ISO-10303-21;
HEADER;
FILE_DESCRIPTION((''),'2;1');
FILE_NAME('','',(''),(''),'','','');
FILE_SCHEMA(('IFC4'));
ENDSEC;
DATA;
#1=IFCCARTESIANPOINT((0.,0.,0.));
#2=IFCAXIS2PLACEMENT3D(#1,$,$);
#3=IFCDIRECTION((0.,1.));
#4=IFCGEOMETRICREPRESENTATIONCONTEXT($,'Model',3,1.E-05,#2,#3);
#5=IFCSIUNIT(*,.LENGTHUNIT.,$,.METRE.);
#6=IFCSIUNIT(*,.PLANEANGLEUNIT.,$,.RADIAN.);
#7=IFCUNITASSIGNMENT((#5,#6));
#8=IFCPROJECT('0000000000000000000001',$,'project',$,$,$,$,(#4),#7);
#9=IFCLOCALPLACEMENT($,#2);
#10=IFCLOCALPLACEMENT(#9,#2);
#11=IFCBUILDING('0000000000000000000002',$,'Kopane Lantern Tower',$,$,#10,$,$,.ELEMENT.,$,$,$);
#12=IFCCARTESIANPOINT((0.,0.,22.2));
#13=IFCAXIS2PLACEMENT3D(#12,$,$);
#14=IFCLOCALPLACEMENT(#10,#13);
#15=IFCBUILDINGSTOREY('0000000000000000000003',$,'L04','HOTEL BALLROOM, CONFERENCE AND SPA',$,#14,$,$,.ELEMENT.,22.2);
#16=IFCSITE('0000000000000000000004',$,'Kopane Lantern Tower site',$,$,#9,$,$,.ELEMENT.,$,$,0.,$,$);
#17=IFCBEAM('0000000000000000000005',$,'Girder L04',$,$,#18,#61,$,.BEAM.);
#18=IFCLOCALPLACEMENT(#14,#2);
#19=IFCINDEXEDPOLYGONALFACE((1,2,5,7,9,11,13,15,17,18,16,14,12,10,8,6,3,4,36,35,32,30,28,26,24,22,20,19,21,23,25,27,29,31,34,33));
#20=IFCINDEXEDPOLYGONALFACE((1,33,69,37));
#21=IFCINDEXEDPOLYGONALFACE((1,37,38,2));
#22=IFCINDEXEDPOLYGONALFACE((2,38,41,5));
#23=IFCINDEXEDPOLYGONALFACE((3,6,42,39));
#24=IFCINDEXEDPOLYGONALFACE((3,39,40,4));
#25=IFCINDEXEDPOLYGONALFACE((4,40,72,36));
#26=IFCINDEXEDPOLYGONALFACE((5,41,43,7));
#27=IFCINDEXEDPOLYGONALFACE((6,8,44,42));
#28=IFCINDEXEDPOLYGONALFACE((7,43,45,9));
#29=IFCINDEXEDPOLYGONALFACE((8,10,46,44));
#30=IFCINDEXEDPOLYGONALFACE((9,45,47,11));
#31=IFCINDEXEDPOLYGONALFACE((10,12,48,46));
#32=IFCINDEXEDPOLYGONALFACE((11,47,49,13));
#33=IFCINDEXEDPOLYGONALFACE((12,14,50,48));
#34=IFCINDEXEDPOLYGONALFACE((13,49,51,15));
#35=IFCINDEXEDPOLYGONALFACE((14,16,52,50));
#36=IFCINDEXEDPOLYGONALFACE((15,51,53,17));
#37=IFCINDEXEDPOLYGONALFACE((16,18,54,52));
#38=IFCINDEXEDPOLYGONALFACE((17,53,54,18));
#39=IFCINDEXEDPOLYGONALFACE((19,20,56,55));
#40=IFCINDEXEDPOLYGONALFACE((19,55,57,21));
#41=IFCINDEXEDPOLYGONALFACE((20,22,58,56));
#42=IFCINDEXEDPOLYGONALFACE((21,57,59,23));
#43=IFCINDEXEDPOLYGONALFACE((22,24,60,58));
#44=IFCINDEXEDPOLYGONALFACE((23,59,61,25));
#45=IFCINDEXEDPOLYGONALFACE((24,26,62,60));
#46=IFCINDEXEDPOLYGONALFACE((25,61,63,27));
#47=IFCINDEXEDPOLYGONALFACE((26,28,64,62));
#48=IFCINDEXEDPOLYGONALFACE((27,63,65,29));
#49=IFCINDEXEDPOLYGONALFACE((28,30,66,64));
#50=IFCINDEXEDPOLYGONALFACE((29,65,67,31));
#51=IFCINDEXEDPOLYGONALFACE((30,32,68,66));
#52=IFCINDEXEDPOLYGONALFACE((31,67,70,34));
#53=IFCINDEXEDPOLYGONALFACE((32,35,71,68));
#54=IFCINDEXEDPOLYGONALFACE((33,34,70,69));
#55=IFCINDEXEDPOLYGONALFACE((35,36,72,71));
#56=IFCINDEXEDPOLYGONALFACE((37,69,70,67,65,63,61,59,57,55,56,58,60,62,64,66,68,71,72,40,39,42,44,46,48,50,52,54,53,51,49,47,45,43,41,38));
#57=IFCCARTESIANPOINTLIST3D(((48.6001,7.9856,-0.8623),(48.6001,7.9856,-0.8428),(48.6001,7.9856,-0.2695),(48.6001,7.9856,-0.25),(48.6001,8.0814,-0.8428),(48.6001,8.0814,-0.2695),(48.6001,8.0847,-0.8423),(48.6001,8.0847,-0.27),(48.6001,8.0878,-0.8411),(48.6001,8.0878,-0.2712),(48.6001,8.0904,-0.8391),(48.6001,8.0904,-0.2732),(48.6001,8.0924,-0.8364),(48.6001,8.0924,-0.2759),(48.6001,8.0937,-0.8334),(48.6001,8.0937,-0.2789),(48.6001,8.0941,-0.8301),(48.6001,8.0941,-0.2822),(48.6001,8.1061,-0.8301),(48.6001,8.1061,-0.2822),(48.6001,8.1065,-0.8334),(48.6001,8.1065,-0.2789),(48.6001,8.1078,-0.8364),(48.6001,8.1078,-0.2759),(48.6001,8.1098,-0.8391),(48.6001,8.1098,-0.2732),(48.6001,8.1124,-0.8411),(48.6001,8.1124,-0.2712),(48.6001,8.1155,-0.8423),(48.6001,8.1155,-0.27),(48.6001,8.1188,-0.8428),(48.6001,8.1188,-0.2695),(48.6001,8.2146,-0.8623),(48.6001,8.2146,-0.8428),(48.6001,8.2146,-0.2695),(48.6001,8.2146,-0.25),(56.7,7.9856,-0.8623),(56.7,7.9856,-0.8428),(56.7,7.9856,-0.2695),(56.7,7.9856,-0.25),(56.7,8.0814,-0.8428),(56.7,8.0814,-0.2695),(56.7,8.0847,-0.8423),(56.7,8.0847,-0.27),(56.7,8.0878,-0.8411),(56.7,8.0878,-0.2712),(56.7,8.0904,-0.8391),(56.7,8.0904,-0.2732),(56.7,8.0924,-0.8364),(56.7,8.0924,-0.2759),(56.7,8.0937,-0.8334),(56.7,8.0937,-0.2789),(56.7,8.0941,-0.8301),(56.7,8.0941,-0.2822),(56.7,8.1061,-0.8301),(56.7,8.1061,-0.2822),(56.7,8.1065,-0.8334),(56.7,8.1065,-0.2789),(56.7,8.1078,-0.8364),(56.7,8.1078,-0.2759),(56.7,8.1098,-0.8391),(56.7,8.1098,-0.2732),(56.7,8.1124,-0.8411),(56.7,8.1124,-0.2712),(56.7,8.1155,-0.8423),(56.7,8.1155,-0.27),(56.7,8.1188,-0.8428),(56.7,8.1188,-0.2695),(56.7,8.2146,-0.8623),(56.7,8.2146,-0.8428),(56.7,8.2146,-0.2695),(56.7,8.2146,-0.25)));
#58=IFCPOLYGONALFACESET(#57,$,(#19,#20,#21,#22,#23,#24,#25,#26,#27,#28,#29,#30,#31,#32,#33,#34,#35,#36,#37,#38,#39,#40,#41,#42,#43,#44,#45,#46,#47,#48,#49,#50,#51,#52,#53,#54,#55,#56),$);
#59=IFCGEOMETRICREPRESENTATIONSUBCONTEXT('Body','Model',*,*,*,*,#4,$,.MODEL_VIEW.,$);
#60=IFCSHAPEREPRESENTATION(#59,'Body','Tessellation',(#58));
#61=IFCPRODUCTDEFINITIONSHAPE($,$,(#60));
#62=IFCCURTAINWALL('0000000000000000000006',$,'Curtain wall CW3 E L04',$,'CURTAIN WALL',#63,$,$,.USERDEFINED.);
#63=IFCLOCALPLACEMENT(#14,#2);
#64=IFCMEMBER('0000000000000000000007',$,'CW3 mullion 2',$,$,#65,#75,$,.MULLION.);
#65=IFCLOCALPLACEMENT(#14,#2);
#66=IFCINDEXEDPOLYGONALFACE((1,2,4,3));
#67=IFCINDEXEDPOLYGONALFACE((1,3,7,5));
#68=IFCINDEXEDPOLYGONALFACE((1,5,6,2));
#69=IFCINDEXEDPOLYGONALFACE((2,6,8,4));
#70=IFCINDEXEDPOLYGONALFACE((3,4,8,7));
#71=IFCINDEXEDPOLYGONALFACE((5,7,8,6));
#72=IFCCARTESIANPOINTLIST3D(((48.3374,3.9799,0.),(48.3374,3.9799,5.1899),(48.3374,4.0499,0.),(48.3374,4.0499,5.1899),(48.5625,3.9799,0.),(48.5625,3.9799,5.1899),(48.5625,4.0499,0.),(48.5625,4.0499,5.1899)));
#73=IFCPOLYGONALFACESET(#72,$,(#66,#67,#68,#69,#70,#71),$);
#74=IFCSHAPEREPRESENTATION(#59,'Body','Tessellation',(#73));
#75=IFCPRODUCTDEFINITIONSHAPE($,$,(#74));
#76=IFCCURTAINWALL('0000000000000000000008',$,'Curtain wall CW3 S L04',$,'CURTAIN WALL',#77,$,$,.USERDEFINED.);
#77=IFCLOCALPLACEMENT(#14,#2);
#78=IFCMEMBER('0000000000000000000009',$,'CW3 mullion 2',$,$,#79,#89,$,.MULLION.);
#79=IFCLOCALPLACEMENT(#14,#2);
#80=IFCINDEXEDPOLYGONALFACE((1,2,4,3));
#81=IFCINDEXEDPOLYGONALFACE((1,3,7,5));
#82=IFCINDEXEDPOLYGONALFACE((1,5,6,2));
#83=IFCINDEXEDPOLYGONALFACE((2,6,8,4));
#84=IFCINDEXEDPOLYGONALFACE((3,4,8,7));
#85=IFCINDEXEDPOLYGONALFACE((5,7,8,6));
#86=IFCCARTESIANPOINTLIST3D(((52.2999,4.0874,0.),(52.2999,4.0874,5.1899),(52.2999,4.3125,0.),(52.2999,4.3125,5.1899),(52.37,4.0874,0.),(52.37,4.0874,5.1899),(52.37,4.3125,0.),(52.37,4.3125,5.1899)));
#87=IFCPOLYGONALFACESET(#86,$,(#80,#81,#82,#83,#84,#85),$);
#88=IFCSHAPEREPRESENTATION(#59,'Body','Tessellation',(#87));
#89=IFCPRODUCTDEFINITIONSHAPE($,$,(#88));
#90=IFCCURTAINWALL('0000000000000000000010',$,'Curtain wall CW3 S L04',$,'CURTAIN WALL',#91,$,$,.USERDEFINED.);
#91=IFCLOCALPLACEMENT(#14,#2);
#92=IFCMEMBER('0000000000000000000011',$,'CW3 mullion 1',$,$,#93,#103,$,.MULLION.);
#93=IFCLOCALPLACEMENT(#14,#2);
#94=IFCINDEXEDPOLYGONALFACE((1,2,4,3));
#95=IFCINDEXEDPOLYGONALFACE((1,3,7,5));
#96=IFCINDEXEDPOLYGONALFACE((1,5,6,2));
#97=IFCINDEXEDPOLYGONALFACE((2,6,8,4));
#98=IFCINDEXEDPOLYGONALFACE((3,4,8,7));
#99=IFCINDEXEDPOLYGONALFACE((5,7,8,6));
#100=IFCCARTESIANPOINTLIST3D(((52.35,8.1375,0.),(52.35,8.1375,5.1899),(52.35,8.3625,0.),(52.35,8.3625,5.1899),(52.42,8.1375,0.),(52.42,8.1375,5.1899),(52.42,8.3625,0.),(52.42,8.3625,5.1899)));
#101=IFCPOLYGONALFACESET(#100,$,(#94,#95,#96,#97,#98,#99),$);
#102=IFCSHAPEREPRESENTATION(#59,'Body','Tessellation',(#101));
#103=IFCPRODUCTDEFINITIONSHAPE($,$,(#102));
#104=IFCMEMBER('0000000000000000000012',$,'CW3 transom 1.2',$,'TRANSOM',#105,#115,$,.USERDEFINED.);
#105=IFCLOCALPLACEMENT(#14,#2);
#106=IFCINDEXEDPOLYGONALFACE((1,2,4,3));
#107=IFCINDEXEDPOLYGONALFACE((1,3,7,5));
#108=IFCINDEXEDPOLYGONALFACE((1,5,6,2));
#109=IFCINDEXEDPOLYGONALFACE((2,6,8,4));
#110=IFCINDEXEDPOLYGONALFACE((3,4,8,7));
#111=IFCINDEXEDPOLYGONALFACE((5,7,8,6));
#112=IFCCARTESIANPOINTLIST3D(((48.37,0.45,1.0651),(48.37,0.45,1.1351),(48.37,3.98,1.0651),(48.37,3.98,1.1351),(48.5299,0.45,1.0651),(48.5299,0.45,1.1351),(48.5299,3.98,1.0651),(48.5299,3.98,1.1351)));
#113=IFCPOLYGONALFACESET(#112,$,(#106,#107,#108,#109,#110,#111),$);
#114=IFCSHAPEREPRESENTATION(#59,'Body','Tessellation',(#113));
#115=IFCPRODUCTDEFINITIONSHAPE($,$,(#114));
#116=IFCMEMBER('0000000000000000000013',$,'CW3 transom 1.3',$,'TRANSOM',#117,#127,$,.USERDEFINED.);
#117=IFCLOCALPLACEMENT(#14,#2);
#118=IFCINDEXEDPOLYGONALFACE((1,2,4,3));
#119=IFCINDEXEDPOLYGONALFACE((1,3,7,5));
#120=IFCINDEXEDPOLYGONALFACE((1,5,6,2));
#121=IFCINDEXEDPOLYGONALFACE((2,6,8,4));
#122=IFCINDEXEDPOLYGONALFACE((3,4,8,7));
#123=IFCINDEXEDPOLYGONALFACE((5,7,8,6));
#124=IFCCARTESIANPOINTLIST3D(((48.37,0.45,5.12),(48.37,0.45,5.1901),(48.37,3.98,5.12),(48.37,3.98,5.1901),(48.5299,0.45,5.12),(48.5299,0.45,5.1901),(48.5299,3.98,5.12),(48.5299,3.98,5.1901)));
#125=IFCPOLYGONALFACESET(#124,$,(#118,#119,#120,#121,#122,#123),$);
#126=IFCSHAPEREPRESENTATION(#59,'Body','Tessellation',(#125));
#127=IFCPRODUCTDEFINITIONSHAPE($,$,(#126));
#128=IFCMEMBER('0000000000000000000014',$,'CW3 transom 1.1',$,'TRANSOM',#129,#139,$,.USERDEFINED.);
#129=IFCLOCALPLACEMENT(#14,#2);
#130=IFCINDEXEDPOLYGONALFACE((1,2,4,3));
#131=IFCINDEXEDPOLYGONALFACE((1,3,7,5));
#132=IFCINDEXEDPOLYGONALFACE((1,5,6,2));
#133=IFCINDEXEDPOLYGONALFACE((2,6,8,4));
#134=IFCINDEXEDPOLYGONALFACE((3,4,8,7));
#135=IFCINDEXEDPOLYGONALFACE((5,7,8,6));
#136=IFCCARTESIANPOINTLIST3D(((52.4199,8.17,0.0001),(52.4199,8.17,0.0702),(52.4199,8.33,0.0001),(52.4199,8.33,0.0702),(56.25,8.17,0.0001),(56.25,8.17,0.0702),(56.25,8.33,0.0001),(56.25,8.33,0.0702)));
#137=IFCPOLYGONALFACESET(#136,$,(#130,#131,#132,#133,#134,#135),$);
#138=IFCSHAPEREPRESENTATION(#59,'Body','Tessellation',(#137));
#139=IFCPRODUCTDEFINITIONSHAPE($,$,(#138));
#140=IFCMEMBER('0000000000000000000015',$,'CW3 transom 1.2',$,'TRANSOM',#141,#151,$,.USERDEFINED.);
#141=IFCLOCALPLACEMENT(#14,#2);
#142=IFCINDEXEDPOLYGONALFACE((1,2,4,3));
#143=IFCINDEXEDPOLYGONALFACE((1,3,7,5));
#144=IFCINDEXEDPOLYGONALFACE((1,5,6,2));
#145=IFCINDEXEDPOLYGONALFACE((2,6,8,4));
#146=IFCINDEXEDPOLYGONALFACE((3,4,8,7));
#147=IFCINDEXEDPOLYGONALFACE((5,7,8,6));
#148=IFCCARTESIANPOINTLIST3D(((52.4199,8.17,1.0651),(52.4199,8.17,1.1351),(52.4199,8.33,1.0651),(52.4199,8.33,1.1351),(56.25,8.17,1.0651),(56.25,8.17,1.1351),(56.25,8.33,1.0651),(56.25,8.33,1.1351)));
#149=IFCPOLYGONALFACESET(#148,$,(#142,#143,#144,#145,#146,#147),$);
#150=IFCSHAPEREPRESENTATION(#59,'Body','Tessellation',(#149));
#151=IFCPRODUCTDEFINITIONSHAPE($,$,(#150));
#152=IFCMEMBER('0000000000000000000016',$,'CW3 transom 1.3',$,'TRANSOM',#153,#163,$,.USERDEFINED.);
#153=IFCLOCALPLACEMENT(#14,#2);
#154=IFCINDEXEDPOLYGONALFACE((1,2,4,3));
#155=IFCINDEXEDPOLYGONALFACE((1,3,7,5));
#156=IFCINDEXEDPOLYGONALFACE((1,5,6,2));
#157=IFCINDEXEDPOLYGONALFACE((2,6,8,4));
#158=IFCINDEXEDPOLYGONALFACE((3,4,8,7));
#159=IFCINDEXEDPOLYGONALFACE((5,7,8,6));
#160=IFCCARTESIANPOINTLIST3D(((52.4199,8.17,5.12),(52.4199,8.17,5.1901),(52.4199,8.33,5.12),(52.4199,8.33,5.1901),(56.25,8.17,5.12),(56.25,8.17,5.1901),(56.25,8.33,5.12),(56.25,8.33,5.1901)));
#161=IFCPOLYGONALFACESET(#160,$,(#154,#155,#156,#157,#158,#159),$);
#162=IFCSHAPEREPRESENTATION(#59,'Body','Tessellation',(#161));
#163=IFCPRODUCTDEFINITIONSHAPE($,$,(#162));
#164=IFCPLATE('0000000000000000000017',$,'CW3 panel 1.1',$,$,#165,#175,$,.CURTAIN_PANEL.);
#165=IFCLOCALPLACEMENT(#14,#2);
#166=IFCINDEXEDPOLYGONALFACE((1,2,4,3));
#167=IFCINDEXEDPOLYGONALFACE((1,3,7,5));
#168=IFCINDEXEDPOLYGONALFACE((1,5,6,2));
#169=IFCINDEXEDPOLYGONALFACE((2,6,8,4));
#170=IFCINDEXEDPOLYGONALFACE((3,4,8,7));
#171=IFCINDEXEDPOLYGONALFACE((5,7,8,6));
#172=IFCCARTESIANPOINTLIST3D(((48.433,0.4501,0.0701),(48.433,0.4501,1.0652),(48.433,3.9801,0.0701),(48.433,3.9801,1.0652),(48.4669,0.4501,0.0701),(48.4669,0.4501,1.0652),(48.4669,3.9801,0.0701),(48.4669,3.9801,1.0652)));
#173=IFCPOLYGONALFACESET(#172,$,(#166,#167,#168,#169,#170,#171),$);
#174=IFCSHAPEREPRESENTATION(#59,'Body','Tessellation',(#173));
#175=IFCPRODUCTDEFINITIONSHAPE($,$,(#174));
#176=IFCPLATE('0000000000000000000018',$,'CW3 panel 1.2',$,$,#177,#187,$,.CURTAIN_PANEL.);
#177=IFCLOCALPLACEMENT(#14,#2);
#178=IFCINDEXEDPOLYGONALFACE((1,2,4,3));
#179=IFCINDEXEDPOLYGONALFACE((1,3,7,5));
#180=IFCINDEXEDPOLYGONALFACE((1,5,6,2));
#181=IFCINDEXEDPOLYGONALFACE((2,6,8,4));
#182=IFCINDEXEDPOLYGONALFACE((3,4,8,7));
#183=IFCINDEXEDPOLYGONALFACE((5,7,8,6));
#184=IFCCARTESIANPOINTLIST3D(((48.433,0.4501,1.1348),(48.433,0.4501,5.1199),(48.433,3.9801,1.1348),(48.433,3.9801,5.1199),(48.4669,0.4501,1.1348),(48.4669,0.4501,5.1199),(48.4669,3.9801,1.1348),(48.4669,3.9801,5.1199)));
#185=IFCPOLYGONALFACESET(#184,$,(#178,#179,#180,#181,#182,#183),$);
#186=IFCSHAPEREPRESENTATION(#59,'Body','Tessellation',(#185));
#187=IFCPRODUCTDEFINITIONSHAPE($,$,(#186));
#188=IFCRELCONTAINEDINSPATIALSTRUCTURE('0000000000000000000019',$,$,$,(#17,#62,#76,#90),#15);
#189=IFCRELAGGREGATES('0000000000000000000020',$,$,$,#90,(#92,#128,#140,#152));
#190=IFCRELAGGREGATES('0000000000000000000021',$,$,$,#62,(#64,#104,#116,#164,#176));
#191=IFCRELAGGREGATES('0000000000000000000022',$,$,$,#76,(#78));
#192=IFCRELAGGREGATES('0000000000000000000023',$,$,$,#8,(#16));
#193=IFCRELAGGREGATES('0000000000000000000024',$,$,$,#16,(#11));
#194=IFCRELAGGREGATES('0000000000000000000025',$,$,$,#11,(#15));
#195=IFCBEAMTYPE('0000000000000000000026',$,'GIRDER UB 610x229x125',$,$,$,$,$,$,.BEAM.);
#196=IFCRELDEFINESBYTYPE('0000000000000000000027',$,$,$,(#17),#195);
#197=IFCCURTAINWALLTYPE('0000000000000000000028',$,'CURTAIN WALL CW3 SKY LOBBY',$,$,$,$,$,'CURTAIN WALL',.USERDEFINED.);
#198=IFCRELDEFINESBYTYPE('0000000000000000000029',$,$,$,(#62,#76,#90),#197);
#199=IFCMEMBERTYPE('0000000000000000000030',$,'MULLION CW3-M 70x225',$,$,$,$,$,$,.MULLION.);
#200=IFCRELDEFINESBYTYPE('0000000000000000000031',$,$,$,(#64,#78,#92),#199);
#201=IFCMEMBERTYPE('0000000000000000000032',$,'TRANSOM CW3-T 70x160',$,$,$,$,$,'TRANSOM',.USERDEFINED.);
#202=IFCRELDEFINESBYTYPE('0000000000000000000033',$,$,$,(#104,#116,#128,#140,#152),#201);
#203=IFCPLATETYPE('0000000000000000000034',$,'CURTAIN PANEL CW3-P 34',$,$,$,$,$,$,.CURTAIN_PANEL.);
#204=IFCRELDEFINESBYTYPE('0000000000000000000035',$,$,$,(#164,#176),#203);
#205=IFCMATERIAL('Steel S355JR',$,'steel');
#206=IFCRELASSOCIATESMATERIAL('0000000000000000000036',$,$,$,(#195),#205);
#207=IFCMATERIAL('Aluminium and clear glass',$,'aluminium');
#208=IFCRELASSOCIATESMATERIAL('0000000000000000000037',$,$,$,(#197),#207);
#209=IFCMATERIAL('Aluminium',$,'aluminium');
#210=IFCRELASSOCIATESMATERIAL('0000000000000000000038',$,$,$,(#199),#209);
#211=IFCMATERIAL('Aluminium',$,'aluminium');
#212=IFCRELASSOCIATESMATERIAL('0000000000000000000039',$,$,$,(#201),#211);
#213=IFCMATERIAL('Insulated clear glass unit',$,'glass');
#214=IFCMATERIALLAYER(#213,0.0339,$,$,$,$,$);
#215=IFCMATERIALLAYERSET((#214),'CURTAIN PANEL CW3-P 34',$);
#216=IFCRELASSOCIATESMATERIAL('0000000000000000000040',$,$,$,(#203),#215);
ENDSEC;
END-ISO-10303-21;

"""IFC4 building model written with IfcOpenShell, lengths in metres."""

from ifc_helpers import new_model, si_unit, direction, frame, origin, origin_2d, place, context, subcontext, project, spatial, rectangle, i_section, extrude, material, layer, layer_set, material_profile, profile_set, type_object, element, aggregate, save


model = new_model("IFC4")

# Units and contexts
model_context = context("Model", 3, precision=1e-05, world=origin(), true_north=direction((0.0, 1.0)))
body_context = subcontext(model_context, "Body", "Model", "MODEL_VIEW")
ifc_project = project(units=[si_unit("LENGTHUNIT", "METRE"), si_unit("PLANEANGLEUNIT", "RADIAN")], contexts=[model_context])

# Site, building, storey
site_placement = place(None, origin())
site = spatial("IfcSite", under=ifc_project, at=site_placement, Name="Kopane Lantern Tower site", CompositionType="ELEMENT", RefElevation=0.0)
building_placement = place(site_placement, origin())
building = spatial("IfcBuilding", under=site, at=building_placement, Name="Kopane Lantern Tower", CompositionType="ELEMENT")
storey_placement = place(building_placement, frame((0.0, 0.0, 22.2)))
storey = spatial("IfcBuildingStorey", under=building, at=storey_placement, Name="L04", Description="HOTEL BALLROOM, CONFERENCE AND SPA", CompositionType="ELEMENT", Elevation=22.2)

# Beam
ifc_material_1 = material(Name="Steel S355JR", Category="steel")
ifc_material_profile_1 = material_profile(ifc_material_1, i_section(OverallWidth=0.229, OverallDepth=0.6123, WebThickness=0.012, FlangeThickness=0.0195, FilletRadius=0.0127, at=origin_2d()), Name="UB 610x229x125")
ifc_profile_set_1 = profile_set([ifc_material_profile_1], Name="Steel S355JR")
beam_type = type_object("IfcBeamType", Name="GIRDER UB 610x229x125", PredefinedType="BEAM", material=ifc_profile_set_1)
for number, where, z_axis, x_axis, name in (
    (1, (48.6001, 8.1001, -0.5562), (1.0, 0.0, 0.0), (0.0, 1.0, 0.0), "Girder L04"),
):
    element("IfcBeam", number, at=place(storey_placement, frame(where, z_axis=z_axis, x_axis=x_axis)), inside=storey, type_object=beam_type, Name=name, PredefinedType="BEAM", context=body_context, shape_type="SweptSolid", body=[
        extrude(i_section(OverallWidth=0.229, OverallDepth=0.6123, WebThickness=0.012, FlangeThickness=0.0195, FilletRadius=0.0127, at=origin_2d()), origin(), (0.0, 0.0, 1.0), 8.0999),
    ])

# Curtain walls, members
ifc_material_2 = material(Name="Aluminium and clear glass", Category="aluminium")
curtain_wall_type = type_object("IfcCurtainWallType", Name="CURTAIN WALL CW3 SKY LOBBY", ElementType="CURTAIN WALL", PredefinedType="USERDEFINED", material=ifc_material_2)
curtain_wall_1_placement = place(storey_placement, origin())
curtain_wall_1 = element("IfcCurtainWall", 2, at=curtain_wall_1_placement, inside=storey, type_object=curtain_wall_type, Name="Curtain wall CW3 E L04", ObjectType="CURTAIN WALL", PredefinedType="USERDEFINED")
ifc_material_3 = material(Name="Aluminium", Category="aluminium")
ifc_material_profile_2 = material_profile(ifc_material_3, rectangle(XDim=0.0701, YDim=0.2251, at=origin_2d()), Name="AL 70x225")
ifc_profile_set_2 = profile_set([ifc_material_profile_2], Name="Aluminium")
member_type_1 = type_object("IfcMemberType", Name="MULLION CW3-M 70x225", PredefinedType="MULLION", material=ifc_profile_set_2)
member_1_placement = place(storey_placement, frame((48.45, 4.0149, 0.0), z_axis=(0.0, 0.0, 1.0), x_axis=(0.0, 1.0, 0.0)))
member_1 = element("IfcMember", 3, at=member_1_placement, type_object=member_type_1, Name="CW3 mullion 2", PredefinedType="MULLION", context=body_context, shape_type="SweptSolid", body=[
    extrude(rectangle(XDim=0.0701, YDim=0.2251, at=origin_2d()), origin(), (0.0, 0.0, 1.0), 5.1899),
])
curtain_wall_2_placement = place(storey_placement, origin())
curtain_wall_2 = element("IfcCurtainWall", 4, at=curtain_wall_2_placement, inside=storey, type_object=curtain_wall_type, Name="Curtain wall CW3 S L04", ObjectType="CURTAIN WALL", PredefinedType="USERDEFINED")
member_2_placement = place(storey_placement, frame((52.335, 4.2, 0.0), z_axis=(0.0, 0.0, 1.0), x_axis=(1.0, 0.0, 0.0)))
member_2 = element("IfcMember", 5, at=member_2_placement, type_object=member_type_1, Name="CW3 mullion 2", PredefinedType="MULLION", context=body_context, shape_type="SweptSolid", body=[
    extrude(rectangle(XDim=0.0701, YDim=0.2251, at=origin_2d()), origin(), (0.0, 0.0, 1.0), 5.1899),
])
curtain_wall_3_placement = place(storey_placement, origin())
curtain_wall_3 = element("IfcCurtainWall", 6, at=curtain_wall_3_placement, inside=storey, type_object=curtain_wall_type, Name="Curtain wall CW3 S L04", ObjectType="CURTAIN WALL", PredefinedType="USERDEFINED")
member_3_placement = place(storey_placement, frame((52.385, 8.25, 0.0), z_axis=(0.0, 0.0, 1.0), x_axis=(1.0, 0.0, 0.0)))
member_3 = element("IfcMember", 7, at=member_3_placement, type_object=member_type_1, Name="CW3 mullion 1", PredefinedType="MULLION", context=body_context, shape_type="SweptSolid", body=[
    extrude(rectangle(XDim=0.0701, YDim=0.2251, at=origin_2d()), origin(), (0.0, 0.0, 1.0), 5.1899),
])

# Members
ifc_material_4 = material(Name="Aluminium", Category="aluminium")
ifc_material_profile_3 = material_profile(ifc_material_4, rectangle(XDim=0.1599, YDim=0.0701, at=origin_2d()), Name="AL 160x70")
ifc_profile_set_3 = profile_set([ifc_material_profile_3], Name="Aluminium")
member_type_2 = type_object("IfcMemberType", Name="TRANSOM CW3-T 70x160", ElementType="TRANSOM", PredefinedType="USERDEFINED", material=ifc_profile_set_3)
member_4_placement = place(storey_placement, frame((48.45, 0.45, 1.1001), z_axis=(0.0, 1.0, 0.0), x_axis=(-1.0, 0.0, 0.0)))
member_4 = element("IfcMember", 8, at=member_4_placement, type_object=member_type_2, Name="CW3 transom 1.2", ObjectType="TRANSOM", PredefinedType="USERDEFINED", context=body_context, shape_type="SweptSolid", body=[
    extrude(rectangle(XDim=0.1599, YDim=0.0701, at=origin_2d()), origin(), (0.0, 0.0, 1.0), 3.53),
])
member_5_placement = place(storey_placement, frame((48.45, 0.45, 5.155), z_axis=(0.0, 1.0, 0.0), x_axis=(-1.0, 0.0, 0.0)))
member_5 = element("IfcMember", 9, at=member_5_placement, type_object=member_type_2, Name="CW3 transom 1.3", ObjectType="TRANSOM", PredefinedType="USERDEFINED", context=body_context, shape_type="SweptSolid", body=[
    extrude(rectangle(XDim=0.1599, YDim=0.0701, at=origin_2d()), origin(), (0.0, 0.0, 1.0), 3.53),
])
member_6_placement = place(storey_placement, frame((52.4199, 8.25, 0.0352), z_axis=(1.0, 0.0, 0.0), x_axis=(0.0, 1.0, 0.0)))
member_6 = element("IfcMember", 10, at=member_6_placement, type_object=member_type_2, Name="CW3 transom 1.1", ObjectType="TRANSOM", PredefinedType="USERDEFINED", context=body_context, shape_type="SweptSolid", body=[
    extrude(rectangle(XDim=0.1599, YDim=0.0701, at=origin_2d()), origin(), (0.0, 0.0, 1.0), 3.8301),
])
member_7_placement = place(storey_placement, frame((52.4199, 8.25, 1.1001), z_axis=(1.0, 0.0, 0.0), x_axis=(0.0, 1.0, 0.0)))
member_7 = element("IfcMember", 11, at=member_7_placement, type_object=member_type_2, Name="CW3 transom 1.2", ObjectType="TRANSOM", PredefinedType="USERDEFINED", context=body_context, shape_type="SweptSolid", body=[
    extrude(rectangle(XDim=0.1599, YDim=0.0701, at=origin_2d()), origin(), (0.0, 0.0, 1.0), 3.8301),
])
member_8_placement = place(storey_placement, frame((52.4199, 8.25, 5.155), z_axis=(1.0, 0.0, 0.0), x_axis=(0.0, 1.0, 0.0)))
member_8 = element("IfcMember", 12, at=member_8_placement, type_object=member_type_2, Name="CW3 transom 1.3", ObjectType="TRANSOM", PredefinedType="USERDEFINED", context=body_context, shape_type="SweptSolid", body=[
    extrude(rectangle(XDim=0.1599, YDim=0.0701, at=origin_2d()), origin(), (0.0, 0.0, 1.0), 3.8301),
])
aggregate(curtain_wall_3, [member_3, member_6, member_7, member_8])

# Plates
ifc_material_5 = material(Name="Insulated clear glass unit", Category="glass")
ifc_layer_1 = layer(ifc_material_5, 0.0339)
ifc_layer_set_1 = layer_set([ifc_layer_1], Name="CURTAIN PANEL CW3-P 34")
plate_type = type_object("IfcPlateType", Name="CURTAIN PANEL CW3-P 34", PredefinedType="CURTAIN_PANEL", material=ifc_layer_set_1)
plate_1_placement = place(storey_placement, frame((48.45, 2.2151, 0.0701), z_axis=(0.0, 0.0, 1.0), x_axis=(0.0, 1.0, 0.0)))
plate_1 = element("IfcPlate", 13, at=plate_1_placement, type_object=plate_type, Name="CW3 panel 1.1", PredefinedType="CURTAIN_PANEL", context=body_context, shape_type="SweptSolid", body=[
    extrude(rectangle(XDim=3.53, YDim=0.0339, at=origin_2d()), origin(), (0.0, 0.0, 1.0), 0.9951),
])
plate_2_placement = place(storey_placement, frame((48.45, 2.2151, 1.1348), z_axis=(0.0, 0.0, 1.0), x_axis=(0.0, 1.0, 0.0)))
plate_2 = element("IfcPlate", 14, at=plate_2_placement, type_object=plate_type, Name="CW3 panel 1.2", PredefinedType="CURTAIN_PANEL", context=body_context, shape_type="SweptSolid", body=[
    extrude(rectangle(XDim=3.53, YDim=0.0339, at=origin_2d()), origin(), (0.0, 0.0, 1.0), 3.9851),
])
aggregate(curtain_wall_1, [member_1, member_4, member_5, plate_1, plate_2])
aggregate(curtain_wall_2, [member_2])

save(model, "model.ifc")
